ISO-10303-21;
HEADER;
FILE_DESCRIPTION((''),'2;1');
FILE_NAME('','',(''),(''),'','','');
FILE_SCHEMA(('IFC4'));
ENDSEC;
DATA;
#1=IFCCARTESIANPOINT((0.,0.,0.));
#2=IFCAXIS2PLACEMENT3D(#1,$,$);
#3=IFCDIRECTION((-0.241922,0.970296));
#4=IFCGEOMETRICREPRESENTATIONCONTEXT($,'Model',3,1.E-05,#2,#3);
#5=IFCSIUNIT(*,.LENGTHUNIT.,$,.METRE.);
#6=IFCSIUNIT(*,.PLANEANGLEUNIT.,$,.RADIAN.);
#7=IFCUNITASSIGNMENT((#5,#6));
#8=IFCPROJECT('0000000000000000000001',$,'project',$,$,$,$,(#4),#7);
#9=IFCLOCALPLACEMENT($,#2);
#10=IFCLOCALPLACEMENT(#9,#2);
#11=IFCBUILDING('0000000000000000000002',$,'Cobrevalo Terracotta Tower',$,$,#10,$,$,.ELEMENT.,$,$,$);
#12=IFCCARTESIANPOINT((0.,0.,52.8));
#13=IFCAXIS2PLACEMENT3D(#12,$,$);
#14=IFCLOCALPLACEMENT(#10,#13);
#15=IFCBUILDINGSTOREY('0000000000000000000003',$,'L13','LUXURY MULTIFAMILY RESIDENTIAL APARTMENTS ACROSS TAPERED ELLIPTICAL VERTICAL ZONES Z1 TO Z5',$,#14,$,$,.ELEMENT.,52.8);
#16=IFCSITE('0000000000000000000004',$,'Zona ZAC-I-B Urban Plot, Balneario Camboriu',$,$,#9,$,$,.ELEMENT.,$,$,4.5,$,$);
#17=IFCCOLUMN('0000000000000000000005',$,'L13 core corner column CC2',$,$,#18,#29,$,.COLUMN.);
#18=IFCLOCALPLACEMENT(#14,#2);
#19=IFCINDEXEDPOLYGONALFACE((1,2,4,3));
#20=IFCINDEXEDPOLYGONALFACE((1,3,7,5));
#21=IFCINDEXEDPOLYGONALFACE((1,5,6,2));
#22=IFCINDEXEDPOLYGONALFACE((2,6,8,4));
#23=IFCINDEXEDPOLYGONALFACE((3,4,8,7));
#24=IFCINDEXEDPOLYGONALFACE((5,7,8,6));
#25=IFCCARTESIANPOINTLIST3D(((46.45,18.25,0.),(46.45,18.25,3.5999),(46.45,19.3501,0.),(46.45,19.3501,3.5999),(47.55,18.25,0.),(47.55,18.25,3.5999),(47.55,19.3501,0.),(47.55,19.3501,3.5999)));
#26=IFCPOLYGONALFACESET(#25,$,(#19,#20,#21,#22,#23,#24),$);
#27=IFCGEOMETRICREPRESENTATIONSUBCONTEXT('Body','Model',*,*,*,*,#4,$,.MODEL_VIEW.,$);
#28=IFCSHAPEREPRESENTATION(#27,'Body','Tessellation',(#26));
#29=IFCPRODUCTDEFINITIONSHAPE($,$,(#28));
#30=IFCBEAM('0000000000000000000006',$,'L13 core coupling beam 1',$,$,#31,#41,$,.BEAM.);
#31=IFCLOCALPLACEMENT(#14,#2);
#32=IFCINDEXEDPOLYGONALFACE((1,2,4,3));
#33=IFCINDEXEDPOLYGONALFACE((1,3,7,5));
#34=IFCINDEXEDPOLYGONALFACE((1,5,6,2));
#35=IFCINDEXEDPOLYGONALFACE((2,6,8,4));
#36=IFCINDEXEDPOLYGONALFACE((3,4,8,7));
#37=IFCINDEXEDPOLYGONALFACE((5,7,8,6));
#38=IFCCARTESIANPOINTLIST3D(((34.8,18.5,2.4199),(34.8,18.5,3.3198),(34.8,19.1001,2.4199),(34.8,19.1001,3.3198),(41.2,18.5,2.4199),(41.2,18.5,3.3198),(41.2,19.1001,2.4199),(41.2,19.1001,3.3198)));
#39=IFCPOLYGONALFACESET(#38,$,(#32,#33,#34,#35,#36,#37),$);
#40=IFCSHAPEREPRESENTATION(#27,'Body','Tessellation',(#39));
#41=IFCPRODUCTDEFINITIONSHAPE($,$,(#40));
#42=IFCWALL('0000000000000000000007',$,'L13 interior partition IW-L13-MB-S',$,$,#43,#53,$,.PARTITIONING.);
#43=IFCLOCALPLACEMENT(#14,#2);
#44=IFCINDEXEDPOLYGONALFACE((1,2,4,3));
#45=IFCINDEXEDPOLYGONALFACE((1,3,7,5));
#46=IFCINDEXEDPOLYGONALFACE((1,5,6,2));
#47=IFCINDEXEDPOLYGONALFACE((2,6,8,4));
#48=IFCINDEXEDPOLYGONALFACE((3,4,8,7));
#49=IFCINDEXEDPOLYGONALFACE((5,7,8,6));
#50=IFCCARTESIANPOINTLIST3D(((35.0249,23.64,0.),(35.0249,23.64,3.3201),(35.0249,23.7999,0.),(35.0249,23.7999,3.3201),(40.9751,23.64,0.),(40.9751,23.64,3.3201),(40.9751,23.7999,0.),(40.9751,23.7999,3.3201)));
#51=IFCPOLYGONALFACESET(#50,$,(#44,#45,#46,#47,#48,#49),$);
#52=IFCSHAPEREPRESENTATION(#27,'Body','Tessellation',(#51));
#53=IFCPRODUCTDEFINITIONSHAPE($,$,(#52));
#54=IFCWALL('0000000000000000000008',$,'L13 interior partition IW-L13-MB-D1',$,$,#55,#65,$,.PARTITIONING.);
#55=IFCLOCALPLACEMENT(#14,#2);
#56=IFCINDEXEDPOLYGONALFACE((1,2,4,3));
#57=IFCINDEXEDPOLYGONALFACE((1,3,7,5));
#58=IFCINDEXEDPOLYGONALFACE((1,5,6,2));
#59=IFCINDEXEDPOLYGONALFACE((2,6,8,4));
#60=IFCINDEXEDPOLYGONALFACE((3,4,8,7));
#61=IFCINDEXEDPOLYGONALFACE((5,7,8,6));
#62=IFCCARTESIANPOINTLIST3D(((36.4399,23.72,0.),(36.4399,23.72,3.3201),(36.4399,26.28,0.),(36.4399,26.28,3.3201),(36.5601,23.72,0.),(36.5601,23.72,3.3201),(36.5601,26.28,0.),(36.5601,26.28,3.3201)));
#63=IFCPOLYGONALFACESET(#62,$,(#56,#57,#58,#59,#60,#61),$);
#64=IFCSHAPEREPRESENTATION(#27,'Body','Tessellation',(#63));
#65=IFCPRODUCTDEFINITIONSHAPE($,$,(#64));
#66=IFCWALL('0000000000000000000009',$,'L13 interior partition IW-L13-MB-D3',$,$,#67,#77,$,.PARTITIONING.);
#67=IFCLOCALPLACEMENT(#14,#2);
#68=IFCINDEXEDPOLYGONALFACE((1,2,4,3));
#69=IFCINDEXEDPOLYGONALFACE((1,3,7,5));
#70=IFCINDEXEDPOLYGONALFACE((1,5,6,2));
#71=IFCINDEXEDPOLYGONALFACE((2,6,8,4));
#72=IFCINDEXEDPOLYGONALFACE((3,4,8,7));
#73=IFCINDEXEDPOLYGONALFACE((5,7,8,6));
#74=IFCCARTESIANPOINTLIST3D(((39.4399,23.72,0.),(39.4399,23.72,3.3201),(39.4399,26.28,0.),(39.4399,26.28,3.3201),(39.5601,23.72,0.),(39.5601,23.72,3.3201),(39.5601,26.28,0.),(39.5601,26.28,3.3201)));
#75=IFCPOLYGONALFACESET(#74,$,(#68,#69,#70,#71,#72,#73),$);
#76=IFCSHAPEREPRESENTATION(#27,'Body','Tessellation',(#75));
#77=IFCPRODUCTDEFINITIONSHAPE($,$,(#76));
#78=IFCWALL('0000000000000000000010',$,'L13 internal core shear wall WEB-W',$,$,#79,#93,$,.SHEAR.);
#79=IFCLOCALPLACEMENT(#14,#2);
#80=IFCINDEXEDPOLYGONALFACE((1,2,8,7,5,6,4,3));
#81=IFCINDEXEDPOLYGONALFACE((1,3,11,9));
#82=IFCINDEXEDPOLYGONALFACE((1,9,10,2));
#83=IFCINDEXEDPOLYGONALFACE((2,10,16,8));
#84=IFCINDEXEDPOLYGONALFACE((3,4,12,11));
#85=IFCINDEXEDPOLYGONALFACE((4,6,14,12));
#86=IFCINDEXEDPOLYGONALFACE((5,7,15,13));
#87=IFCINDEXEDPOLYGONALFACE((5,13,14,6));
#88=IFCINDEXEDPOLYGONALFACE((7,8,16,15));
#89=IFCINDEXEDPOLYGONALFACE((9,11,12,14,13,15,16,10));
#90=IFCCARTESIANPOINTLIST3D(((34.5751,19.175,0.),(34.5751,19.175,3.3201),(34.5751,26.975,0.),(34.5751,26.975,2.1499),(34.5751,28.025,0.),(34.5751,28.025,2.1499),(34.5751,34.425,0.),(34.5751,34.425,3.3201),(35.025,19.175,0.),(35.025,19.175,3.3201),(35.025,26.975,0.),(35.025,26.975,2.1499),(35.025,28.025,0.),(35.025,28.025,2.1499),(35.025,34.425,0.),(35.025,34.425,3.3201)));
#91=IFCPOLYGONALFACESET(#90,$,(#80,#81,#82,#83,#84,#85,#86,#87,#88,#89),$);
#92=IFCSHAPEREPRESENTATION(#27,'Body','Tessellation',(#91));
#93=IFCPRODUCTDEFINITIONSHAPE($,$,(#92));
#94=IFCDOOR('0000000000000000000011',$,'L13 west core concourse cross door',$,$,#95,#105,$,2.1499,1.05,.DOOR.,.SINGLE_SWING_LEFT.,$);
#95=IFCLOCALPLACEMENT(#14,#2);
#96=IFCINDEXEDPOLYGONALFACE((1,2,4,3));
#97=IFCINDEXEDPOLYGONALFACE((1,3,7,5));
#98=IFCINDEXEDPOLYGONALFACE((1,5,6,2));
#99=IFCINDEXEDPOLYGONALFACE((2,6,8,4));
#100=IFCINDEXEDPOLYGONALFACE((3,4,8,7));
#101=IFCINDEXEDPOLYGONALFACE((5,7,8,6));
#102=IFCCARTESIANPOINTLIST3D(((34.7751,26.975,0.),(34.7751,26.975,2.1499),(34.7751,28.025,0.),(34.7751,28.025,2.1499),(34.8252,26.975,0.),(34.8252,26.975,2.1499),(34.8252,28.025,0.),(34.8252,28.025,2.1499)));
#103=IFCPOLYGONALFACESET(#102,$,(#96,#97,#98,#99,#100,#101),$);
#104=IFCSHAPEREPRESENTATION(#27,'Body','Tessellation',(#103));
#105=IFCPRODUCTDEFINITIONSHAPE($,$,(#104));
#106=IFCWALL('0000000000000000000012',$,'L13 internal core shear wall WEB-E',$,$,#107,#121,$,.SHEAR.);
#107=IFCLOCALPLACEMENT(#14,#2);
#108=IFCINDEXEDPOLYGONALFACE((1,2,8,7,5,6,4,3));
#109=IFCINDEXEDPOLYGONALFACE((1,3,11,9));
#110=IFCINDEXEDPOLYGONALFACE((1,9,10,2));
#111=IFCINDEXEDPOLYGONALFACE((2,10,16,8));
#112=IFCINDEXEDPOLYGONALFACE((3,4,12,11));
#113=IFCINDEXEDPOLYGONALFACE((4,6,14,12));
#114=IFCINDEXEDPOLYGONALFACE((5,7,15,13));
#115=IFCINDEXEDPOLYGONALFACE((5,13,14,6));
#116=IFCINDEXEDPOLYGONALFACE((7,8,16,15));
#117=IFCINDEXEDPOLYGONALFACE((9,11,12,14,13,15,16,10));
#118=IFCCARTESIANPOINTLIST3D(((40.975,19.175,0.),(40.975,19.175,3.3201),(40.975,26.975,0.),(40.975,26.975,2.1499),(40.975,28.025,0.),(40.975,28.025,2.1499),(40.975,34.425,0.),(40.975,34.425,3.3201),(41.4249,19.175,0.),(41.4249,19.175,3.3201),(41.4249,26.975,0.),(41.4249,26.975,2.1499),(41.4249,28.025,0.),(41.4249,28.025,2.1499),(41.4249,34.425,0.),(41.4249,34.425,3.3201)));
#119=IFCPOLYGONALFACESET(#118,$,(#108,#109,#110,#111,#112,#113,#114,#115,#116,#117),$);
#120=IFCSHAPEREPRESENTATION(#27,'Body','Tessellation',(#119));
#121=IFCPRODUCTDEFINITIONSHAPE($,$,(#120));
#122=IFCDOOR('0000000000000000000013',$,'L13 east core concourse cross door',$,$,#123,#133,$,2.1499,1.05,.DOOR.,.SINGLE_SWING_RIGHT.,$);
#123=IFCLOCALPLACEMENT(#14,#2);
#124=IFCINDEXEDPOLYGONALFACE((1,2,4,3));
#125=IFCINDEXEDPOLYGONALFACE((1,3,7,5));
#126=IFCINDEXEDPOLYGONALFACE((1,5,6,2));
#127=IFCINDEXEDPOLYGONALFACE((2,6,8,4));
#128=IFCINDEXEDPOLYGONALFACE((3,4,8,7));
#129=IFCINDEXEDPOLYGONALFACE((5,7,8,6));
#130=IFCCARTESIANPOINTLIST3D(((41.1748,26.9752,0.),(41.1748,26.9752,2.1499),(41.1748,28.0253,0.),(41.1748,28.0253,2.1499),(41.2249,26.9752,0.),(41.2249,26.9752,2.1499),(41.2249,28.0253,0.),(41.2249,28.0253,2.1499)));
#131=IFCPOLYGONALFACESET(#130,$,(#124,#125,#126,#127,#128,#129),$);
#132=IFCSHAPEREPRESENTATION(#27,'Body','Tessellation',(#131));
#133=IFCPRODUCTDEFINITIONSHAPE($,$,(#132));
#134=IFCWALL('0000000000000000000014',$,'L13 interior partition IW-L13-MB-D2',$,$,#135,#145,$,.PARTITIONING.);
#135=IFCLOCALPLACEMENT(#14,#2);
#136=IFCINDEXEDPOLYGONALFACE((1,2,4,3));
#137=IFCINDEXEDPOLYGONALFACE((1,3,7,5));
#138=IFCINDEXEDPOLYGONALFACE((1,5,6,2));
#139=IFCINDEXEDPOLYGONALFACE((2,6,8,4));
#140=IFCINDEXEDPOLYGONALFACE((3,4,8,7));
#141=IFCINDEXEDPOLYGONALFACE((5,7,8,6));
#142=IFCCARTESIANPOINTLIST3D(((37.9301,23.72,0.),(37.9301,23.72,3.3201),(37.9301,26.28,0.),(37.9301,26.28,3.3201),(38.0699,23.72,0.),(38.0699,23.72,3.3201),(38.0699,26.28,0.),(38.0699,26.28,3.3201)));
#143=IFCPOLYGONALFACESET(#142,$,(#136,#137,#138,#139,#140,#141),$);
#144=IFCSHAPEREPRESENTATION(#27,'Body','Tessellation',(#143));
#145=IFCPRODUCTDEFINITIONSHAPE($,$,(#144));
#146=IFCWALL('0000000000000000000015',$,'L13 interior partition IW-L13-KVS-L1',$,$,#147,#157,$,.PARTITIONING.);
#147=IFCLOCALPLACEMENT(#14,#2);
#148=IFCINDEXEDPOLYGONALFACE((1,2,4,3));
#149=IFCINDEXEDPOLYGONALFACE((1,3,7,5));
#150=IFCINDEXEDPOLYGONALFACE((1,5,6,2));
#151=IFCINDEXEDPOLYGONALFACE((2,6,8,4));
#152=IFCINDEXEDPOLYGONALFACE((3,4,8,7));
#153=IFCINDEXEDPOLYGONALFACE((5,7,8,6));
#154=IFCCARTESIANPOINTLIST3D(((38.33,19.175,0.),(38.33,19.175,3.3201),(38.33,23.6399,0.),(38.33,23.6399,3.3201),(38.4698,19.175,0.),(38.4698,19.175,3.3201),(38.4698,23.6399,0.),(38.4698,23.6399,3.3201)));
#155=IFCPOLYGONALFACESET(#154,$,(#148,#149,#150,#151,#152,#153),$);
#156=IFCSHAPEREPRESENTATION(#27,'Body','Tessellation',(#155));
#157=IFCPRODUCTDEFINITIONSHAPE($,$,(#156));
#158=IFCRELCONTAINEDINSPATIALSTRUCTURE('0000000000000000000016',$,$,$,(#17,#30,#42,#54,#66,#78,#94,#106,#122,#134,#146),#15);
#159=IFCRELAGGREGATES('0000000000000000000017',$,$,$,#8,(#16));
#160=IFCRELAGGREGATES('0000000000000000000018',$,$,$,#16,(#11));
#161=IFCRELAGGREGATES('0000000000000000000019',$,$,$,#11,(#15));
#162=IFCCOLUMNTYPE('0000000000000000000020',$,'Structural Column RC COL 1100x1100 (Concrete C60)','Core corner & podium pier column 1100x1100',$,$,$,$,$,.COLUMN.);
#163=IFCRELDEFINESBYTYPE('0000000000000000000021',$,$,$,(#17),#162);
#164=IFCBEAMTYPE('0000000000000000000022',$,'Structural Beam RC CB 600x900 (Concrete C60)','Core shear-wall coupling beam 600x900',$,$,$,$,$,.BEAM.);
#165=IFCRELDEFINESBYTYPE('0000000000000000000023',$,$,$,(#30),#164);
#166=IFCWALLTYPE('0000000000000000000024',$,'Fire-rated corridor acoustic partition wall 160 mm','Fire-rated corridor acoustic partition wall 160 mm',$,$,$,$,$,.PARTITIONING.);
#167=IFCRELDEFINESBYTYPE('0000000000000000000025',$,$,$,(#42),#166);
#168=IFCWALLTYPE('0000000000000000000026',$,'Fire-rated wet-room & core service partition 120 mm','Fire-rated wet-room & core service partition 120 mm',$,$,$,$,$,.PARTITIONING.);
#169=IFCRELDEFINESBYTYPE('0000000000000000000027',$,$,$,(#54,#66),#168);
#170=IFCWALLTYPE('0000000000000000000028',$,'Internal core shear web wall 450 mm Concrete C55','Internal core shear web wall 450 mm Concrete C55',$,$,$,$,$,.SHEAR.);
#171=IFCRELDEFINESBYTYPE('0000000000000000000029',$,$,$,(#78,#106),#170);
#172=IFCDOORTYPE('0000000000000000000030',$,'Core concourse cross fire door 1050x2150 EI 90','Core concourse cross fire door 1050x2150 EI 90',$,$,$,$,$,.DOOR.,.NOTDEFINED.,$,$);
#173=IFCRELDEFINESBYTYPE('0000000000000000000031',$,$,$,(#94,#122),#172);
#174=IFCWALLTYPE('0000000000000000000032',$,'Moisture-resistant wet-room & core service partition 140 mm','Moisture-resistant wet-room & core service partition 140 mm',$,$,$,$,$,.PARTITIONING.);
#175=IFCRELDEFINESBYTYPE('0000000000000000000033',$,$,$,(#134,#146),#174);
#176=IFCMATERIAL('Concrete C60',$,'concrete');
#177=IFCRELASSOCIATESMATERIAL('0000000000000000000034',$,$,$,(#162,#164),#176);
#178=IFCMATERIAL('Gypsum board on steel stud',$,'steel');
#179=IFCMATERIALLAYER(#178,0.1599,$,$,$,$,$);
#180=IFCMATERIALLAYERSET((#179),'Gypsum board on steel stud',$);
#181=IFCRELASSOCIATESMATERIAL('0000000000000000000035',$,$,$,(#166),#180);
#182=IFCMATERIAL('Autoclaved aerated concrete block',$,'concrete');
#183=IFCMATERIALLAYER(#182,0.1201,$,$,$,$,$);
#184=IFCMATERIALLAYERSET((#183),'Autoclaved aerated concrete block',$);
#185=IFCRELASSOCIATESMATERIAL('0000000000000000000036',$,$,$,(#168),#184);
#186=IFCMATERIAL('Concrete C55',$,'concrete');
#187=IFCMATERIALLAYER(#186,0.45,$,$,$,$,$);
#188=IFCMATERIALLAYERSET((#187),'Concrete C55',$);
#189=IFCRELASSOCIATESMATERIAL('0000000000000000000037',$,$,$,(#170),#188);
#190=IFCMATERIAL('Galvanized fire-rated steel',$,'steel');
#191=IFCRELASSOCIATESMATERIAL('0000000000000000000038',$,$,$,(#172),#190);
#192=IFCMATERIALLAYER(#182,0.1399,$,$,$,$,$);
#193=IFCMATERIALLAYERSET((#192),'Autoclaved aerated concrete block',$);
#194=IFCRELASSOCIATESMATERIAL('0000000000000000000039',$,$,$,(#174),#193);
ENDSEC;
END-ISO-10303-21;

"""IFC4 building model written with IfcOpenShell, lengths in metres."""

from ifc_helpers import new_model, si_unit, direction, frame, frame_2d, origin, origin_2d, place, context, subcontext, project, spatial, rectangle, extrude, source, transform, mapped, material, layer, layer_set, material_profile, profile_set, type_object, element, fill, save


model = new_model("IFC4")

# Units and contexts
model_context = context("Model", 3, precision=1e-05, world=origin(), true_north=direction((-0.241922, 0.970296)))
body_context = subcontext(model_context, "Body", "Model", "MODEL_VIEW")
ifc_project = project(units=[si_unit("LENGTHUNIT", "METRE"), si_unit("PLANEANGLEUNIT", "RADIAN")], contexts=[model_context])

# Site, building, storey
site_placement = place(None, origin())
site = spatial("IfcSite", under=ifc_project, at=site_placement, Name="Zona ZAC-I-B Urban Plot, Balneario Camboriu", CompositionType="ELEMENT", RefElevation=4.5)
building_placement = place(site_placement, origin())
building = spatial("IfcBuilding", under=site, at=building_placement, Name="Cobrevalo Terracotta Tower", CompositionType="ELEMENT")
storey_placement = place(building_placement, frame((0.0, 0.0, 52.8)))
storey = spatial("IfcBuildingStorey", under=building, at=storey_placement, Name="L13", Description="LUXURY MULTIFAMILY RESIDENTIAL APARTMENTS ACROSS TAPERED ELLIPTICAL VERTICAL ZONES Z1 TO Z5", CompositionType="ELEMENT", Elevation=52.8)

# Column
ifc_material_1 = material(Name="Concrete C60", Category="concrete")
ifc_material_profile_1 = material_profile(ifc_material_1, rectangle(XDim=1.1001, YDim=1.1001, at=origin_2d()), Name="RC COL 1100x1100")
ifc_profile_set_1 = profile_set([ifc_material_profile_1], Name="Concrete C60")
column_type = type_object("IfcColumnType", Name="Structural Column RC COL 1100x1100 (Concrete C60)", Description="Core corner & podium pier column 1100x1100", PredefinedType="COLUMN", material=ifc_profile_set_1)
column_placement = place(storey_placement, frame((47.0, 18.8, 0.0), z_axis=(0.0, 0.0, 1.0), x_axis=(1.0, 0.0, 0.0)))
element("IfcColumn", 1, at=column_placement, inside=storey, type_object=column_type, Name="L13 core corner column CC2", PredefinedType="COLUMN", context=body_context, shape_type="SweptSolid", body=[
    extrude(rectangle(XDim=1.1001, YDim=1.1001, at=origin_2d()), origin(), (0.0, 0.0, 1.0), 3.5999),
])

# Beam
ifc_material_profile_2 = material_profile(ifc_material_1, rectangle(XDim=0.6001, YDim=0.8999, at=origin_2d()), Name="RC CB 600x900")
ifc_profile_set_2 = profile_set([ifc_material_profile_2], Name="Concrete C60")
beam_type = type_object("IfcBeamType", Name="Structural Beam RC CB 600x900 (Concrete C60)", Description="Core shear-wall coupling beam 600x900", PredefinedType="BEAM", material=ifc_profile_set_2)
beam_placement = place(storey_placement, frame((34.8, 18.8, 2.8699), z_axis=(1.0, 0.0, 0.0), x_axis=(0.0, 1.0, 0.0)))
element("IfcBeam", 2, at=beam_placement, inside=storey, type_object=beam_type, Name="L13 core coupling beam 1", PredefinedType="BEAM", context=body_context, shape_type="SweptSolid", body=[
    extrude(rectangle(XDim=0.6001, YDim=0.8999, at=origin_2d()), origin(), (0.0, 0.0, 1.0), 6.3999),
])

# Walls
ifc_material_2 = material(Name="Gypsum board on steel stud", Category="steel")
ifc_layer_1 = layer(ifc_material_2, 0.1599)
ifc_layer_set_1 = layer_set([ifc_layer_1], Name="Gypsum board on steel stud")
wall_type_1 = type_object("IfcWallType", Name="Fire-rated corridor acoustic partition wall 160 mm", Description="Fire-rated corridor acoustic partition wall 160 mm", PredefinedType="PARTITIONING", material=ifc_layer_set_1)
wall_1_placement = place(storey_placement, frame((35.0249, 23.72, 0.0), z_axis=(0.0, 0.0, 1.0), x_axis=(1.0, 0.0, 0.0)))
element("IfcWall", 3, at=wall_1_placement, inside=storey, type_object=wall_type_1, Name="L13 interior partition IW-L13-MB-S", PredefinedType="PARTITIONING", context=body_context, shape_type="SweptSolid", body=[
    extrude(rectangle(XDim=5.9502, YDim=0.1599, at=frame_2d((2.9751, 0.0))), origin(), (0.0, 0.0, 1.0), 3.3201),
])
ifc_material_3 = material(Name="Autoclaved aerated concrete block", Category="concrete")
ifc_layer_2 = layer(ifc_material_3, 0.1201)
ifc_layer_set_2 = layer_set([ifc_layer_2], Name="Autoclaved aerated concrete block")
wall_type_2 = type_object("IfcWallType", Name="Fire-rated wet-room & core service partition 120 mm", Description="Fire-rated wet-room & core service partition 120 mm", PredefinedType="PARTITIONING", material=ifc_layer_set_2)
for number, where, z_axis, x_axis, name in (
    (4, (36.5, 23.72, 0.0), (0.0, 0.0, 1.0), (0.0, 1.0, 0.0), "L13 interior partition IW-L13-MB-D1"),
    (5, (39.5, 23.72, 0.0), (0.0, 0.0, 1.0), (0.0, 1.0, 0.0), "L13 interior partition IW-L13-MB-D3"),
):
    element("IfcWall", number, at=place(storey_placement, frame(where, z_axis=z_axis, x_axis=x_axis)), inside=storey, type_object=wall_type_2, Name=name, PredefinedType="PARTITIONING", context=body_context, shape_type="SweptSolid", body=[
        extrude(rectangle(XDim=2.5601, YDim=0.1201, at=frame_2d((1.28, 0.0))), origin(), (0.0, 0.0, 1.0), 3.3201),
    ])

# Walls, openings, doors
ifc_material_4 = material(Name="Concrete C55", Category="concrete")
ifc_layer_3 = layer(ifc_material_4, 0.45)
ifc_layer_set_3 = layer_set([ifc_layer_3], Name="Concrete C55")
wall_type_3 = type_object("IfcWallType", Name="Internal core shear web wall 450 mm Concrete C55", Description="Internal core shear web wall 450 mm Concrete C55", PredefinedType="SHEAR", material=ifc_layer_set_3)
wall_2_placement = place(storey_placement, frame((34.8, 19.175, 0.0), z_axis=(0.0, 0.0, 1.0), x_axis=(0.0, 1.0, 0.0)))
wall_2 = element("IfcWall", 6, at=wall_2_placement, inside=storey, type_object=wall_type_3, Name="L13 internal core shear wall WEB-W", PredefinedType="SHEAR", context=body_context, shape_type="SweptSolid", body=[
    extrude(rectangle(XDim=15.25, YDim=0.45, at=frame_2d((7.625, 0.0))), origin(), (0.0, 0.0, 1.0), 3.3201),
])
opening_1_placement = place(wall_2_placement, frame((7.8, 0.0, 0.0)))
opening_1 = element("IfcOpeningElement", 7, at=opening_1_placement, cuts=wall_2, PredefinedType="OPENING", context=body_context, shape_type="SweptSolid", body=[
    extrude(rectangle(XDim=1.05, YDim=2.1499, at=frame_2d((0.5249, 1.075))), frame((0.0, 0.2349, 0.0), z_axis=(0.0, -1.0, 0.0), x_axis=(1.0, 0.0, 0.0)), (0.0, 0.0, 1.0), 0.47),
])
ifc_material_5 = material(Name="Galvanized fire-rated steel", Category="steel")
door_type_1 = type_object("IfcDoorType", Name="Core concourse cross fire door 1050x2150 EI 90", Description="Core concourse cross fire door 1050x2150 EI 90", OperationType="NOTDEFINED", PredefinedType="DOOR", material=ifc_material_5)
shared_shape_1 = source(origin(), body_context, "Body", "SweptSolid", [
    extrude(rectangle(XDim=1.05, YDim=2.1499, at=frame_2d((0.5249, 1.075))), frame((0.0, 0.0249, 0.0), z_axis=(0.0, -1.0, 0.0), x_axis=(1.0, 0.0, 0.0)), (0.0, 0.0, 1.0), 0.05),
])
door_1_placement = place(opening_1_placement, origin())
door_1 = element("IfcDoor", 8, at=door_1_placement, inside=storey, type_object=door_type_1, Name="L13 west core concourse cross door", OperationType="SINGLE_SWING_LEFT", OverallHeight=2.1499, OverallWidth=1.05, PredefinedType="DOOR", context=body_context, shape_type="MappedRepresentation", body=[
    mapped(shared_shape_1, transform((0.0, 0.0, 0.0), scale=1.0)),
])
fill(opening_1, door_1)
wall_3_placement = place(storey_placement, frame((41.2, 19.175, 0.0), z_axis=(0.0, 0.0, 1.0), x_axis=(0.0, 1.0, 0.0)))
wall_3 = element("IfcWall", 9, at=wall_3_placement, inside=storey, type_object=wall_type_3, Name="L13 internal core shear wall WEB-E", PredefinedType="SHEAR", context=body_context, shape_type="SweptSolid", body=[
    extrude(rectangle(XDim=15.25, YDim=0.45, at=frame_2d((7.625, 0.0))), origin(), (0.0, 0.0, 1.0), 3.3201),
])
opening_2_placement = place(wall_3_placement, frame((7.8, 0.0, 0.0)))
opening_2 = element("IfcOpeningElement", 10, at=opening_2_placement, cuts=wall_3, PredefinedType="OPENING", context=body_context, shape_type="SweptSolid", body=[
    extrude(rectangle(XDim=1.05, YDim=2.1499, at=frame_2d((0.5249, 1.075))), frame((0.0, 0.2349, 0.0), z_axis=(0.0, -1.0, 0.0), x_axis=(1.0, 0.0, 0.0)), (0.0, 0.0, 1.0), 0.47),
])
door_2_placement = place(opening_2_placement, frame((1.05, 0.0, 0.0), z_axis=(0.0, 0.0, 1.0), x_axis=(-1.0, 0.0, 0.0)))
door_2 = element("IfcDoor", 11, at=door_2_placement, inside=storey, type_object=door_type_1, Name="L13 east core concourse cross door", OperationType="SINGLE_SWING_RIGHT", OverallHeight=2.1499, OverallWidth=1.05, PredefinedType="DOOR", context=body_context, shape_type="MappedRepresentation", body=[
    mapped(shared_shape_1, transform((0.0, 0.0, 0.0), scale=1.0)),
])
fill(opening_2, door_2)

# Walls
ifc_layer_4 = layer(ifc_material_3, 0.1399)
ifc_layer_set_4 = layer_set([ifc_layer_4], Name="Autoclaved aerated concrete block")
wall_type_4 = type_object("IfcWallType", Name="Moisture-resistant wet-room & core service partition 140 mm", Description="Moisture-resistant wet-room & core service partition 140 mm", PredefinedType="PARTITIONING", material=ifc_layer_set_4)
wall_4_placement = place(storey_placement, frame((38.0, 23.72, 0.0), z_axis=(0.0, 0.0, 1.0), x_axis=(0.0, 1.0, 0.0)))
element("IfcWall", 12, at=wall_4_placement, inside=storey, type_object=wall_type_4, Name="L13 interior partition IW-L13-MB-D2", PredefinedType="PARTITIONING", context=body_context, shape_type="SweptSolid", body=[
    extrude(rectangle(XDim=2.5601, YDim=0.1399, at=frame_2d((1.28, 0.0))), origin(), (0.0, 0.0, 1.0), 3.3201),
])
wall_5_placement = place(storey_placement, frame((38.3999, 19.175, 0.0), z_axis=(0.0, 0.0, 1.0), x_axis=(0.0, 1.0, 0.0)))
element("IfcWall", 13, at=wall_5_placement, inside=storey, type_object=wall_type_4, Name="L13 interior partition IW-L13-KVS-L1", PredefinedType="PARTITIONING", context=body_context, shape_type="SweptSolid", body=[
    extrude(rectangle(XDim=4.4648, YDim=0.1399, at=frame_2d((2.2324, 0.0))), origin(), (0.0, 0.0, 1.0), 3.3201),
])

save(model, "model.ifc")
